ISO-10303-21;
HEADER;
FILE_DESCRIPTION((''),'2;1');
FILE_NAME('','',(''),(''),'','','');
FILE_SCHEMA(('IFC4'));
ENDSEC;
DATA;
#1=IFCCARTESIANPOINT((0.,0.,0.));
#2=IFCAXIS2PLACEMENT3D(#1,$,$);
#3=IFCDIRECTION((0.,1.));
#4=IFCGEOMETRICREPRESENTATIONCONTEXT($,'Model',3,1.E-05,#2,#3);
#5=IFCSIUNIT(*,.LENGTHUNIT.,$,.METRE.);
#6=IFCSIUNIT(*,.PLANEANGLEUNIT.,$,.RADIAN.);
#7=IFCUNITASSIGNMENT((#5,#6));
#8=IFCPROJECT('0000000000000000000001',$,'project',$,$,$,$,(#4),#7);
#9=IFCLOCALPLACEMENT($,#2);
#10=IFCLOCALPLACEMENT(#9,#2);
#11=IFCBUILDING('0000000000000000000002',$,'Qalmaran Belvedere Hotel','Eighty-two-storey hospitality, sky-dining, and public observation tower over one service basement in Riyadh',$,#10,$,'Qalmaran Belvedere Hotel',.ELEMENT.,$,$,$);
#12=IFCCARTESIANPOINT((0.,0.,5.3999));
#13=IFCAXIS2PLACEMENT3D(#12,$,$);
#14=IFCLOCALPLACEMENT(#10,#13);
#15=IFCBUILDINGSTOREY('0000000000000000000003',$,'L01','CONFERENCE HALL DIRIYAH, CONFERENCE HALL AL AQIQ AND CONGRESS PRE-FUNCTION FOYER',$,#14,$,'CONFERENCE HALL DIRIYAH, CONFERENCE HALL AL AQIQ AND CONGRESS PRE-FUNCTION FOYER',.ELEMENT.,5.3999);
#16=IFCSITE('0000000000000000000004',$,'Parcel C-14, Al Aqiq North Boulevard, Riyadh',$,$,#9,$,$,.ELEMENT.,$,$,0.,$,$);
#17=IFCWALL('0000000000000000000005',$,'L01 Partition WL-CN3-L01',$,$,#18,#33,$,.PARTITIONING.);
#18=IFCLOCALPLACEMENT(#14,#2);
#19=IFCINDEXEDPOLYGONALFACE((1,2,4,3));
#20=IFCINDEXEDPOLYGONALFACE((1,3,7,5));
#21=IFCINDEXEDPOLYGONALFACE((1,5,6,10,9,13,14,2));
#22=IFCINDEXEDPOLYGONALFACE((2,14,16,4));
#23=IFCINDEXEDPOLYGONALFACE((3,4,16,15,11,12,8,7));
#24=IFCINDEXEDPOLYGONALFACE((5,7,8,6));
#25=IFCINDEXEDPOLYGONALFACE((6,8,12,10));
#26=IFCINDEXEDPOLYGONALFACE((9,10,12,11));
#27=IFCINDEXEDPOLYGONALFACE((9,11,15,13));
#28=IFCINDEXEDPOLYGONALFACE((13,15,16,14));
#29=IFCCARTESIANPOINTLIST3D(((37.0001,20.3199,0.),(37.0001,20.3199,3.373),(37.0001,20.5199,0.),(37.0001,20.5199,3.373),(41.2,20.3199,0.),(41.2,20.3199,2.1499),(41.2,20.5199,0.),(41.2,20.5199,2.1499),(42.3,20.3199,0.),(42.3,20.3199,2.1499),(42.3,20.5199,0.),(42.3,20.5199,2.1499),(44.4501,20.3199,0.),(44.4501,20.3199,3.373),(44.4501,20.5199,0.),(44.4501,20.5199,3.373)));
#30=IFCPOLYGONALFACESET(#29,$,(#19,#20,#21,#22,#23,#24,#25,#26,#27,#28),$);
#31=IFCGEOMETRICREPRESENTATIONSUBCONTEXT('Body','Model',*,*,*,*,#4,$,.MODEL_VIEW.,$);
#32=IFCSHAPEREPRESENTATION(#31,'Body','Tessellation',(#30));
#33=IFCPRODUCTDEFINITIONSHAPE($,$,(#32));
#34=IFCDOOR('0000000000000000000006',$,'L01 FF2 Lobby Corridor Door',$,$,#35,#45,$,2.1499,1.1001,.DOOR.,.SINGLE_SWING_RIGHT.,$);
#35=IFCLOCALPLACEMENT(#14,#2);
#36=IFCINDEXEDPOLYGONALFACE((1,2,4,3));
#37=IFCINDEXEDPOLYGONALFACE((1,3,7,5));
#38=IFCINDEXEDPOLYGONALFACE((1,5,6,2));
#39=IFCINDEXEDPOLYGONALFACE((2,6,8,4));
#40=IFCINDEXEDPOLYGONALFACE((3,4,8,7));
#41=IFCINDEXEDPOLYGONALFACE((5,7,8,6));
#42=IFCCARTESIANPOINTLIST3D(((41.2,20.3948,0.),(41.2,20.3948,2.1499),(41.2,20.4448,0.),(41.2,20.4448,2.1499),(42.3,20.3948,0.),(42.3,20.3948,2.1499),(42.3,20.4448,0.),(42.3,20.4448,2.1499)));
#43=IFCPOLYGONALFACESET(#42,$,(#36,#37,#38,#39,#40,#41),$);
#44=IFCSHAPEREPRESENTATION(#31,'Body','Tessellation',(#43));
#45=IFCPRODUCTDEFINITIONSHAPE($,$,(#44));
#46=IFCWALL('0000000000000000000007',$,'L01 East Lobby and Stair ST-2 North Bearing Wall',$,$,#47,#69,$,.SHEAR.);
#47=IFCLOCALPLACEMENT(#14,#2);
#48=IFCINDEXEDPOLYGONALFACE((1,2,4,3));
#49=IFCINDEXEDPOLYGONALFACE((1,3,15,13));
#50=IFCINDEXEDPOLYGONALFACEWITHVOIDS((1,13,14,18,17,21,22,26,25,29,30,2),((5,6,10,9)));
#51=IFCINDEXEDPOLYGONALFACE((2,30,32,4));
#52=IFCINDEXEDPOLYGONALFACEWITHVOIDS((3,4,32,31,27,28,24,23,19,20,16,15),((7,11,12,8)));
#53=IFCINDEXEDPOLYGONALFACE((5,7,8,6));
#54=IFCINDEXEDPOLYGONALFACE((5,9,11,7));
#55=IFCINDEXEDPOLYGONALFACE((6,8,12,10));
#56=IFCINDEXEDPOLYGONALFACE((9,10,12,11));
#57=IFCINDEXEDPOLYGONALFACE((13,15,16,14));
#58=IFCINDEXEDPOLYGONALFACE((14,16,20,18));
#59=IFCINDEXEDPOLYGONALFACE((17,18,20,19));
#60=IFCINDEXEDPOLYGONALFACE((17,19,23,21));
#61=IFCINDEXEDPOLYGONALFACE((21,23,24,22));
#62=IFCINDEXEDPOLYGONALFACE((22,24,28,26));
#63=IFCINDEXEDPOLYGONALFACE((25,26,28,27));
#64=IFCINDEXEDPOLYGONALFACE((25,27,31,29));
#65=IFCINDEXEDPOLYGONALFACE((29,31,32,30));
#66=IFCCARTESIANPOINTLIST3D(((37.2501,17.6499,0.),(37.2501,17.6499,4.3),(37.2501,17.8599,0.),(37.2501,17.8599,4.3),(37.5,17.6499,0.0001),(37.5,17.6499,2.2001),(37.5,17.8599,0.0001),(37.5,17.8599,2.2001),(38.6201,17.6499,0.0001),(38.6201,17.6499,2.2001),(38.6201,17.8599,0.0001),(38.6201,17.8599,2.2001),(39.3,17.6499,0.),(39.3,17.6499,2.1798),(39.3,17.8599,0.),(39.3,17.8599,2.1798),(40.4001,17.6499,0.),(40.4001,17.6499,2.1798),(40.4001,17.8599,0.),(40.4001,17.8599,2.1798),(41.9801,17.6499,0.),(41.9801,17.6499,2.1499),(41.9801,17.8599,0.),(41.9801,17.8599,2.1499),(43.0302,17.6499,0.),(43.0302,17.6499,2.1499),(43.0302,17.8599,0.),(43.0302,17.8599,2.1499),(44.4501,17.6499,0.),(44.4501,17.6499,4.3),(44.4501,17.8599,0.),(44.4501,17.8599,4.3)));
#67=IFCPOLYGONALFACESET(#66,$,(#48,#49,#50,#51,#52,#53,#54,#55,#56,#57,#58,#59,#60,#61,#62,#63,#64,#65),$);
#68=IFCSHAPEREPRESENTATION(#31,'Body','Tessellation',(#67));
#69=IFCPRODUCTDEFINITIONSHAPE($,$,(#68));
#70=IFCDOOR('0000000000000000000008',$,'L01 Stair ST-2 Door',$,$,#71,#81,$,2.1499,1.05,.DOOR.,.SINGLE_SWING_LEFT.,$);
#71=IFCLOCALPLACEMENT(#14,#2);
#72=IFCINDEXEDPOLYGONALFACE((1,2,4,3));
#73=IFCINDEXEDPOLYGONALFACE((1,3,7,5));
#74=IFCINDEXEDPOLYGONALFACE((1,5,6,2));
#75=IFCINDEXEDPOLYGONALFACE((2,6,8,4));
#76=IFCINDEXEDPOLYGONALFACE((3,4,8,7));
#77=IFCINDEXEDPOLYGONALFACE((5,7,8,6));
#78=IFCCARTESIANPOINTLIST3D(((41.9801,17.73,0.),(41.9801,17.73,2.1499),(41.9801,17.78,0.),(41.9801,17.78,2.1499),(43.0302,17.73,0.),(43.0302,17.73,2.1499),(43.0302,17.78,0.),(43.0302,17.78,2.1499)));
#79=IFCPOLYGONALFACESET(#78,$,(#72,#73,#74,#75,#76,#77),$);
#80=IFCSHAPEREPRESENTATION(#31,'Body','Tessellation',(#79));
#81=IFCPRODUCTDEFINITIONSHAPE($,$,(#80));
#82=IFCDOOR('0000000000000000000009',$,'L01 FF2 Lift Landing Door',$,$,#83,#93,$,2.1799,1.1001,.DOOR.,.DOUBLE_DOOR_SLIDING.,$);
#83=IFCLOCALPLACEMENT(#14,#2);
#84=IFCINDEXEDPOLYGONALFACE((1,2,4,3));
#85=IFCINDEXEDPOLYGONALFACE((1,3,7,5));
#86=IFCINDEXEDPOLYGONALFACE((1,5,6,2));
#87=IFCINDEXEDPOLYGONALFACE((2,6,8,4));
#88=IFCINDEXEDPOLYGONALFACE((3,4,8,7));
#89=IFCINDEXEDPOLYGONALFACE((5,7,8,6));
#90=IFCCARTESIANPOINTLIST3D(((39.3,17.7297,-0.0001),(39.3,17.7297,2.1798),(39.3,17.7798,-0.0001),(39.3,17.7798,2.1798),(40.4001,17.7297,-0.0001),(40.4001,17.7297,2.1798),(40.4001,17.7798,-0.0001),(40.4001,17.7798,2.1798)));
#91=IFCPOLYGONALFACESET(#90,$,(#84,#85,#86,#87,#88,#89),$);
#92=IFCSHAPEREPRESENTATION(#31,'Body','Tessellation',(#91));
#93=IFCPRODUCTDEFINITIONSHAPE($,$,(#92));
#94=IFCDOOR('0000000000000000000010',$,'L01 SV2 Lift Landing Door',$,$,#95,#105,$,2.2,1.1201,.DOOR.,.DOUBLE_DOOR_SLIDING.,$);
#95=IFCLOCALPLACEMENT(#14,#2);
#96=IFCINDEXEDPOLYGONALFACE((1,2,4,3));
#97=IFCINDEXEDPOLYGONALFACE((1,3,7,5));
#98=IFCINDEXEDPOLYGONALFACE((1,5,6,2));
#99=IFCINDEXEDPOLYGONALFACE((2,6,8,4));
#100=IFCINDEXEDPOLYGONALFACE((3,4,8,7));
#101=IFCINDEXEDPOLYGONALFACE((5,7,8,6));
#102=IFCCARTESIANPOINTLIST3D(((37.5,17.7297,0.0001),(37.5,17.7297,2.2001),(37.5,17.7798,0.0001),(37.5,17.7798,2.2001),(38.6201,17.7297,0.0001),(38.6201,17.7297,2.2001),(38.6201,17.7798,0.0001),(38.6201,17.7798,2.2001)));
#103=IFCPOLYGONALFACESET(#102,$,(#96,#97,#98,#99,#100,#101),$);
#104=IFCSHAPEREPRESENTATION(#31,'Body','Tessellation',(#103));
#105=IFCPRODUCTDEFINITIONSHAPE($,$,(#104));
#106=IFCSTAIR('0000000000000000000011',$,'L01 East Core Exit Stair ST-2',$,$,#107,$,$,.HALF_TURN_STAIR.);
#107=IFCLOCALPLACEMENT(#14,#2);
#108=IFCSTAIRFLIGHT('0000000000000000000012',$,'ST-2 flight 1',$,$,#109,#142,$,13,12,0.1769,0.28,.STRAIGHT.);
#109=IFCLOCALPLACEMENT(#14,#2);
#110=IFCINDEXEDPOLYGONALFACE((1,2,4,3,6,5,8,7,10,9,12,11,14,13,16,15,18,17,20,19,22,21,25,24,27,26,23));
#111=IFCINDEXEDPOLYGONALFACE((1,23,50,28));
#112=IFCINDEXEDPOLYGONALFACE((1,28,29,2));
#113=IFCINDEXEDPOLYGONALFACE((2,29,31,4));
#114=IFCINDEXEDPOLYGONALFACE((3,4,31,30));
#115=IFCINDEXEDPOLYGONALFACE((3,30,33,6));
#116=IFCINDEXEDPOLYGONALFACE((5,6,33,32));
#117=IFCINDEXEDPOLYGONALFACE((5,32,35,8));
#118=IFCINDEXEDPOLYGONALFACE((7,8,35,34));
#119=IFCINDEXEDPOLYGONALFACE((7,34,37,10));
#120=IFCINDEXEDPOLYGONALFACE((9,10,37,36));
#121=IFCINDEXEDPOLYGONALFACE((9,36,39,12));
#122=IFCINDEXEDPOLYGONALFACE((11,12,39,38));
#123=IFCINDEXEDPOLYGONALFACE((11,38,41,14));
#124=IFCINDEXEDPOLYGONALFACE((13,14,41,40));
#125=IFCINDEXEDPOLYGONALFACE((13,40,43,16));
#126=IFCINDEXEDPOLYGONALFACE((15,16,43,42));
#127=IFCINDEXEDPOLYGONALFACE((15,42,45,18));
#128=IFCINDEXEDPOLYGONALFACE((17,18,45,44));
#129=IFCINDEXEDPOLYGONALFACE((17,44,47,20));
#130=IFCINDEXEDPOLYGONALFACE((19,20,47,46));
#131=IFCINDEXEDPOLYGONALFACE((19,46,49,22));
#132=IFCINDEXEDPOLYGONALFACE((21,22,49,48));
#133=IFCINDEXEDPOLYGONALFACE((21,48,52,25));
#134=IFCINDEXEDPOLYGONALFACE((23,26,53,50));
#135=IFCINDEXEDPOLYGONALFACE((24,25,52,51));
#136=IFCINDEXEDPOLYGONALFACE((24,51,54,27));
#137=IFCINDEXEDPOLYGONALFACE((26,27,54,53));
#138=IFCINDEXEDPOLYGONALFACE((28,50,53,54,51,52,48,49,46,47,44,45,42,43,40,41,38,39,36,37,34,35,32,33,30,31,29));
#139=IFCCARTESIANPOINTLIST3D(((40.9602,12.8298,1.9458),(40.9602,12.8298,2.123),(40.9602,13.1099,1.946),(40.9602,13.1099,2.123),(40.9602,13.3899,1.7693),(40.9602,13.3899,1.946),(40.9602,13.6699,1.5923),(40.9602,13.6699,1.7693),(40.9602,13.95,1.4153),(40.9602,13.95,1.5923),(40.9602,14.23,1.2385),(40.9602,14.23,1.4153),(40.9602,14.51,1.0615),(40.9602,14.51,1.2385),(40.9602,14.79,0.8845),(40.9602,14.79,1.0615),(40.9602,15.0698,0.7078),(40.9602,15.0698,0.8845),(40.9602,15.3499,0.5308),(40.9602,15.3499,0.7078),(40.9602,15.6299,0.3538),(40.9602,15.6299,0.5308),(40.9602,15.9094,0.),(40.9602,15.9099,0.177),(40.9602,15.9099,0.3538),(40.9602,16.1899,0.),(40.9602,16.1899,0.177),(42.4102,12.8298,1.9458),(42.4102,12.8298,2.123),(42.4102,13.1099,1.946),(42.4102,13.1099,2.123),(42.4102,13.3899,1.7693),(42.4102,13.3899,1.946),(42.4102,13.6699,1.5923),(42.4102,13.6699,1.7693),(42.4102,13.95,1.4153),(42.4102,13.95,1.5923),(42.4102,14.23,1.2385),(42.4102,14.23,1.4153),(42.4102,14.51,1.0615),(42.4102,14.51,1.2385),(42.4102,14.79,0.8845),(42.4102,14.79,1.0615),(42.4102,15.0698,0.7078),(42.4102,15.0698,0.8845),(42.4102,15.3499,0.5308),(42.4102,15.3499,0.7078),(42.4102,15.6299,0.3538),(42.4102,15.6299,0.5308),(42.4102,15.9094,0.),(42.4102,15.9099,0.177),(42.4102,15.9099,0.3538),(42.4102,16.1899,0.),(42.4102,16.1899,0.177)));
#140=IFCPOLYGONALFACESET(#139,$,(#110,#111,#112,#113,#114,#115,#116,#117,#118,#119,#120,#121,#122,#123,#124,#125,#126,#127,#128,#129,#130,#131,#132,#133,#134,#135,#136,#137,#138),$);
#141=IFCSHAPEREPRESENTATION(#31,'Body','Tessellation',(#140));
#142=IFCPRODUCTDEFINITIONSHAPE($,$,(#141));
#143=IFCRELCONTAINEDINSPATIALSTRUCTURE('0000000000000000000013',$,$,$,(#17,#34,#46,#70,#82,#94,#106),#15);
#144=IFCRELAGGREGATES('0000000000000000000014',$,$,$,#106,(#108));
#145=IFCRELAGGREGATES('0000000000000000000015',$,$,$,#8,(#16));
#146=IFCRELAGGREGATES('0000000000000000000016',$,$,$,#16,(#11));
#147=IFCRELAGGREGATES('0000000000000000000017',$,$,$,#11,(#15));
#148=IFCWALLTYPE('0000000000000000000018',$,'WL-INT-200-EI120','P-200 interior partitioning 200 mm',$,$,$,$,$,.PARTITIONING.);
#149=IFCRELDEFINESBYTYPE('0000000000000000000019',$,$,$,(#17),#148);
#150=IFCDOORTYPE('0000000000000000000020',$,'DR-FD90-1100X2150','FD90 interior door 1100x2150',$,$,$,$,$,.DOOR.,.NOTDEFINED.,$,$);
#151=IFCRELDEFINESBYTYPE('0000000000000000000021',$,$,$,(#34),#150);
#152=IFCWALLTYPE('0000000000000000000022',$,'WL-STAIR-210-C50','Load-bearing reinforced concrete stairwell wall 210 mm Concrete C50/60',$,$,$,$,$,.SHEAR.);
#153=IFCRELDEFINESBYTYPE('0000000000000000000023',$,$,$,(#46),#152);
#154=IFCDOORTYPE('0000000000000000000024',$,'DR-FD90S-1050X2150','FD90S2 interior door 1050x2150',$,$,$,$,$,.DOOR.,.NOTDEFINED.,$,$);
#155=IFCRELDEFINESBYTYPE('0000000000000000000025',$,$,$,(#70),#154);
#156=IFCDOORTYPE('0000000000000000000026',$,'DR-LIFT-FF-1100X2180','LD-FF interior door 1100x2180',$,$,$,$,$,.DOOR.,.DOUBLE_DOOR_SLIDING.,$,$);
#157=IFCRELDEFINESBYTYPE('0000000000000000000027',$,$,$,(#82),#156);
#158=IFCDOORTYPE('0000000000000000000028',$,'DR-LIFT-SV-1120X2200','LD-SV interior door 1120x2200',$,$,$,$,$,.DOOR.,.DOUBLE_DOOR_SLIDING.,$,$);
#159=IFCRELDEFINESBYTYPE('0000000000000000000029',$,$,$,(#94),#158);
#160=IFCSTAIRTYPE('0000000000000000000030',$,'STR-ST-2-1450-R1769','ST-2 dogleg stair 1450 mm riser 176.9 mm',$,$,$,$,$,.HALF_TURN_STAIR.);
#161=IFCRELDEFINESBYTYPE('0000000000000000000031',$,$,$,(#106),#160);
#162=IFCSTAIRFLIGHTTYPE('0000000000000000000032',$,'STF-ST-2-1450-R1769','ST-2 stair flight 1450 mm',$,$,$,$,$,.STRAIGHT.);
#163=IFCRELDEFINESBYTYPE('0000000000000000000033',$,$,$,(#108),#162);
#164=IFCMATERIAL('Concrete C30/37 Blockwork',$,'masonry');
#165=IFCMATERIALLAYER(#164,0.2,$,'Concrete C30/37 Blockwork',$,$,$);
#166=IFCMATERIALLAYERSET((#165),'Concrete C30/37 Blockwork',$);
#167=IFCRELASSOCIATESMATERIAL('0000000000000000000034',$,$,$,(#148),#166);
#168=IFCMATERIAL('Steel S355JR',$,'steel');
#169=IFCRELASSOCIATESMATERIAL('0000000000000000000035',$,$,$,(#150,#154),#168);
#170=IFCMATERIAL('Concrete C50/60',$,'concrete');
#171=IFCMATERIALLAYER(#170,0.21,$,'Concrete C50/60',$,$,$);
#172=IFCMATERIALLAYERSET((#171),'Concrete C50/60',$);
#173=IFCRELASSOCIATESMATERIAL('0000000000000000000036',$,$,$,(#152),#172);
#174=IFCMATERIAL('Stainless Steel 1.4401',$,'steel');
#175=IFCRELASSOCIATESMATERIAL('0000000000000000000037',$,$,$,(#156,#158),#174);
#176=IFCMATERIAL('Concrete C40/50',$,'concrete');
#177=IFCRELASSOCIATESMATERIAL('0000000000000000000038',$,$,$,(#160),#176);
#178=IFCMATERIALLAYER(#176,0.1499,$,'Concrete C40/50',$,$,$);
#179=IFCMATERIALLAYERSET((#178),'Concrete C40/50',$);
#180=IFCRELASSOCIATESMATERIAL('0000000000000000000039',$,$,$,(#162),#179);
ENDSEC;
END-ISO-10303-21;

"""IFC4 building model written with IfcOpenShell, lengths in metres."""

from ifc_helpers import new_model, si_unit, direction, frame, frame_2d, origin, place, context, subcontext, project, spatial, polyline, rectangle, outline, extrude, material, layer, layer_set, type_object, element, fill, aggregate, save


model = new_model("IFC4")

# Units and contexts
model_context = context("Model", 3, precision=1e-05, world=origin(), true_north=direction((0.0, 1.0)))
body_context = subcontext(model_context, "Body", "Model", "MODEL_VIEW")
ifc_project = project(units=[si_unit("LENGTHUNIT", "METRE"), si_unit("PLANEANGLEUNIT", "RADIAN")], contexts=[model_context])

# Site, building, storey
site_placement = place(None, origin())
site = spatial("IfcSite", under=ifc_project, at=site_placement, Name="Parcel C-14, Al Aqiq North Boulevard, Riyadh", CompositionType="ELEMENT", RefElevation=0.0)
building_placement = place(site_placement, origin())
building = spatial("IfcBuilding", under=site, at=building_placement, Name="Qalmaran Belvedere Hotel", Description="Eighty-two-storey hospitality, sky-dining, and public observation tower over one service basement in Riyadh", LongName="Qalmaran Belvedere Hotel", CompositionType="ELEMENT")
storey_placement = place(building_placement, frame((0.0, 0.0, 5.3999)))
storey = spatial("IfcBuildingStorey", under=building, at=storey_placement, Name="L01", Description="CONFERENCE HALL DIRIYAH, CONFERENCE HALL AL AQIQ AND CONGRESS PRE-FUNCTION FOYER", LongName="CONFERENCE HALL DIRIYAH, CONFERENCE HALL AL AQIQ AND CONGRESS PRE-FUNCTION FOYER", CompositionType="ELEMENT", Elevation=5.3999)

# Shared definitions
ifc_material_1 = material(Name="Steel S355JR", Category="steel")

# Wall, opening, door
ifc_material_2 = material(Name="Concrete C30/37 Blockwork", Category="masonry")
ifc_layer_1 = layer(ifc_material_2, 0.2, Name="Concrete C30/37 Blockwork")
ifc_layer_set_1 = layer_set([ifc_layer_1], Name="Concrete C30/37 Blockwork")
wall_type_1 = type_object("IfcWallType", Name="WL-INT-200-EI120", Description="P-200 interior partitioning 200 mm", PredefinedType="PARTITIONING", material=ifc_layer_set_1)
wall_1_placement = place(storey_placement, frame((37.0, 20.4199, 0.0), z_axis=(0.0, 0.0, 1.0), x_axis=(1.0, 0.0, 0.0)))
wall_1 = element("IfcWall", 1, at=wall_1_placement, inside=storey, type_object=wall_type_1, Name="L01 Partition WL-CN3-L01", PredefinedType="PARTITIONING", context=body_context, shape_type="SweptSolid", body=[
    extrude(rectangle(XDim=7.45, YDim=0.2, at=frame_2d((3.7251, 0.0))), origin(), (0.0, 0.0, 1.0), 3.373),
])
opening_1_placement = place(wall_1_placement, frame((4.2, 0.0, 0.0)))
opening_1 = element("IfcOpeningElement", 2, at=opening_1_placement, cuts=wall_1, PredefinedType="OPENING", context=body_context, shape_type="SweptSolid", body=[
    extrude(rectangle(XDim=1.1001, YDim=2.1499, at=frame_2d((0.55, 1.075))), frame((0.0, 0.1099, 0.0), z_axis=(0.0, -1.0, 0.0), x_axis=(1.0, 0.0, 0.0)), (0.0, 0.0, 1.0), 0.22),
])
door_type_1 = type_object("IfcDoorType", Name="DR-FD90-1100X2150", Description="FD90 interior door 1100x2150", OperationType="NOTDEFINED", PredefinedType="DOOR", material=ifc_material_1)
door_1_placement = place(opening_1_placement, origin())
door_1 = element("IfcDoor", 3, at=door_1_placement, inside=storey, type_object=door_type_1, Name="L01 FF2 Lobby Corridor Door", OperationType="SINGLE_SWING_RIGHT", OverallHeight=2.1499, OverallWidth=1.1001, PredefinedType="DOOR", context=body_context, shape_type="SweptSolid", body=[
    extrude(rectangle(XDim=1.1001, YDim=2.1499, at=frame_2d((0.55, 1.075))), frame((0.0, 0.0249, 0.0), z_axis=(0.0, -1.0, 0.0), x_axis=(1.0, 0.0, 0.0)), (0.0, 0.0, 1.0), 0.05),
])
fill(opening_1, door_1)

# Wall, openings, doors
ifc_material_3 = material(Name="Concrete C50/60", Category="concrete")
ifc_layer_2 = layer(ifc_material_3, 0.21, Name="Concrete C50/60")
ifc_layer_set_2 = layer_set([ifc_layer_2], Name="Concrete C50/60")
wall_type_2 = type_object("IfcWallType", Name="WL-STAIR-210-C50", Description="Load-bearing reinforced concrete stairwell wall 210 mm Concrete C50/60", PredefinedType="SHEAR", material=ifc_layer_set_2)
wall_2_placement = place(storey_placement, frame((37.25, 17.7549, 0.0), z_axis=(0.0, 0.0, 1.0), x_axis=(1.0, 0.0, 0.0)))
wall_2 = element("IfcWall", 4, at=wall_2_placement, inside=storey, type_object=wall_type_2, Name="L01 East Lobby and Stair ST-2 North Bearing Wall", PredefinedType="SHEAR", context=body_context, shape_type="SweptSolid", body=[
    extrude(rectangle(XDim=7.2, YDim=0.21, at=frame_2d((3.6001, 0.0))), origin(), (0.0, 0.0, 1.0), 4.3),
])
opening_2_placement = place(wall_2_placement, frame((0.25, 0.0, 0.0)))
opening_2 = element("IfcOpeningElement", 5, at=opening_2_placement, cuts=wall_2, PredefinedType="OPENING", context=body_context, shape_type="SweptSolid", body=[
    extrude(rectangle(XDim=1.1201, YDim=2.2, at=frame_2d((0.5601, 1.1001))), frame((0.0, 0.115, 0.0), z_axis=(0.0, -1.0, 0.0), x_axis=(1.0, 0.0, 0.0)), (0.0, 0.0, 1.0), 0.23),
])
opening_3_placement = place(wall_2_placement, frame((2.05, 0.0, 0.0)))
opening_3 = element("IfcOpeningElement", 6, at=opening_3_placement, cuts=wall_2, PredefinedType="OPENING", context=body_context, shape_type="SweptSolid", body=[
    extrude(rectangle(XDim=1.1001, YDim=2.1799, at=frame_2d((0.55, 1.0898))), frame((0.0, 0.115, 0.0), z_axis=(0.0, -1.0, 0.0), x_axis=(1.0, 0.0, 0.0)), (0.0, 0.0, 1.0), 0.23),
])
opening_4_placement = place(wall_2_placement, frame((5.78, 0.0, 0.0), z_axis=(0.0, 0.0, 1.0), x_axis=(-1.0, 0.0, 0.0)))
opening_4 = element("IfcOpeningElement", 7, at=opening_4_placement, cuts=wall_2, PredefinedType="OPENING", context=body_context, shape_type="SweptSolid", body=[
    extrude(rectangle(XDim=1.05, YDim=2.1499, at=frame_2d((0.5249, 1.075))), frame((0.0, 0.115, 0.0), z_axis=(0.0, -1.0, 0.0), x_axis=(1.0, 0.0, 0.0)), (0.0, 0.0, 1.0), 0.23),
])
door_type_2 = type_object("IfcDoorType", Name="DR-FD90S-1050X2150", Description="FD90S2 interior door 1050x2150", OperationType="NOTDEFINED", PredefinedType="DOOR", material=ifc_material_1)
door_2_placement = place(opening_4_placement, origin())
door_2 = element("IfcDoor", 8, at=door_2_placement, inside=storey, type_object=door_type_2, Name="L01 Stair ST-2 Door", OperationType="SINGLE_SWING_LEFT", OverallHeight=2.1499, OverallWidth=1.05, PredefinedType="DOOR", context=body_context, shape_type="SweptSolid", body=[
    extrude(rectangle(XDim=1.05, YDim=2.1499, at=frame_2d((0.5249, 1.075))), frame((0.0, 0.0249, 0.0), z_axis=(0.0, -1.0, 0.0), x_axis=(1.0, 0.0, 0.0)), (0.0, 0.0, 1.0), 0.05),
])
fill(opening_4, door_2)
ifc_material_4 = material(Name="Stainless Steel 1.4401", Category="steel")
door_type_3 = type_object("IfcDoorType", Name="DR-LIFT-FF-1100X2180", Description="LD-FF interior door 1100x2180", OperationType="DOUBLE_DOOR_SLIDING", PredefinedType="DOOR", material=ifc_material_4)
door_3_placement = place(opening_3_placement, origin())
door_3 = element("IfcDoor", 9, at=door_3_placement, inside=storey, type_object=door_type_3, Name="L01 FF2 Lift Landing Door", OperationType="DOUBLE_DOOR_SLIDING", OverallHeight=2.1799, OverallWidth=1.1001, PredefinedType="DOOR", context=body_context, shape_type="SweptSolid", body=[
    extrude(rectangle(XDim=1.1001, YDim=2.1799, at=frame_2d((0.55, 1.0898))), frame((0.0, 0.0249, 0.0), z_axis=(0.0, -1.0, 0.0), x_axis=(1.0, 0.0, 0.0)), (0.0, 0.0, 1.0), 0.05),
])
fill(opening_3, door_3)
door_type_4 = type_object("IfcDoorType", Name="DR-LIFT-SV-1120X2200", Description="LD-SV interior door 1120x2200", OperationType="DOUBLE_DOOR_SLIDING", PredefinedType="DOOR", material=ifc_material_4)
door_4_placement = place(opening_2_placement, origin())
door_4 = element("IfcDoor", 10, at=door_4_placement, inside=storey, type_object=door_type_4, Name="L01 SV2 Lift Landing Door", OperationType="DOUBLE_DOOR_SLIDING", OverallHeight=2.2, OverallWidth=1.1201, PredefinedType="DOOR", context=body_context, shape_type="SweptSolid", body=[
    extrude(rectangle(XDim=1.1201, YDim=2.2, at=frame_2d((0.5601, 1.1001))), frame((0.0, 0.0249, 0.0), z_axis=(0.0, -1.0, 0.0), x_axis=(1.0, 0.0, 0.0)), (0.0, 0.0, 1.0), 0.05),
])
fill(opening_2, door_4)

# Stair, stair flight
ifc_material_5 = material(Name="Concrete C40/50", Category="concrete")
stair_type = type_object("IfcStairType", Name="STR-ST-2-1450-R1769", Description="ST-2 dogleg stair 1450 mm riser 176.9 mm", PredefinedType="HALF_TURN_STAIR", material=ifc_material_5)
stair_placement = place(storey_placement, origin())
stair = element("IfcStair", 11, at=stair_placement, inside=storey, type_object=stair_type, Name="L01 East Core Exit Stair ST-2", PredefinedType="HALF_TURN_STAIR")
ifc_layer_3 = layer(ifc_material_5, 0.1499, Name="Concrete C40/50")
ifc_layer_set_3 = layer_set([ifc_layer_3], Name="Concrete C40/50")
stair_flight_type = type_object("IfcStairFlightType", Name="STF-ST-2-1450-R1769", Description="ST-2 stair flight 1450 mm", PredefinedType="STRAIGHT", material=ifc_layer_set_3)
stair_flight_1_placement = place(storey_placement, frame((41.6851, 16.1899, 0.0), z_axis=(0.0, 0.0, 1.0), x_axis=(0.0, -1.0, 0.0)))
stair_flight_1 = element("IfcStairFlight", 12, at=stair_flight_1_placement, type_object=stair_flight_type, Name="ST-2 flight 1", NumberOfRisers=13, NumberOfTreads=12, PredefinedType="STRAIGHT", RiserHeight=0.1769, TreadLength=0.28, context=body_context, shape_type="SweptSolid", body=[
    extrude(outline(polyline([(0.0, 0.0), (0.0, 0.177), (0.28, 0.177), (0.28, 0.3538), (0.5601, 0.3538), (0.5601, 0.5308), (0.8401, 0.5308), (0.8401, 0.7078), (1.1201, 0.7078), (1.1201, 0.8845), (1.3999, 0.8845), (1.3999, 1.0615), (1.6799, 1.0615), (1.6799, 1.2385), (1.96, 1.2385), (1.96, 1.4153), (2.24, 1.4153), (2.24, 1.5923), (2.52, 1.5923), (2.52, 1.7693), (2.8, 1.7693), (2.8, 1.946), (3.0801, 1.946), (3.0801, 2.123), (3.3601, 2.123), (3.3601, 2.3), (3.3601, 1.9458), (0.2805, 0.0), (0.0, 0.0)])), frame((0.0, 0.7251, 0.0), z_axis=(0.0, -1.0, 0.0), x_axis=(1.0, 0.0, 0.0)), (0.0, 0.0, 1.0), 1.45),
])
aggregate(stair, [stair_flight_1])

save(model, "model.ifc")
